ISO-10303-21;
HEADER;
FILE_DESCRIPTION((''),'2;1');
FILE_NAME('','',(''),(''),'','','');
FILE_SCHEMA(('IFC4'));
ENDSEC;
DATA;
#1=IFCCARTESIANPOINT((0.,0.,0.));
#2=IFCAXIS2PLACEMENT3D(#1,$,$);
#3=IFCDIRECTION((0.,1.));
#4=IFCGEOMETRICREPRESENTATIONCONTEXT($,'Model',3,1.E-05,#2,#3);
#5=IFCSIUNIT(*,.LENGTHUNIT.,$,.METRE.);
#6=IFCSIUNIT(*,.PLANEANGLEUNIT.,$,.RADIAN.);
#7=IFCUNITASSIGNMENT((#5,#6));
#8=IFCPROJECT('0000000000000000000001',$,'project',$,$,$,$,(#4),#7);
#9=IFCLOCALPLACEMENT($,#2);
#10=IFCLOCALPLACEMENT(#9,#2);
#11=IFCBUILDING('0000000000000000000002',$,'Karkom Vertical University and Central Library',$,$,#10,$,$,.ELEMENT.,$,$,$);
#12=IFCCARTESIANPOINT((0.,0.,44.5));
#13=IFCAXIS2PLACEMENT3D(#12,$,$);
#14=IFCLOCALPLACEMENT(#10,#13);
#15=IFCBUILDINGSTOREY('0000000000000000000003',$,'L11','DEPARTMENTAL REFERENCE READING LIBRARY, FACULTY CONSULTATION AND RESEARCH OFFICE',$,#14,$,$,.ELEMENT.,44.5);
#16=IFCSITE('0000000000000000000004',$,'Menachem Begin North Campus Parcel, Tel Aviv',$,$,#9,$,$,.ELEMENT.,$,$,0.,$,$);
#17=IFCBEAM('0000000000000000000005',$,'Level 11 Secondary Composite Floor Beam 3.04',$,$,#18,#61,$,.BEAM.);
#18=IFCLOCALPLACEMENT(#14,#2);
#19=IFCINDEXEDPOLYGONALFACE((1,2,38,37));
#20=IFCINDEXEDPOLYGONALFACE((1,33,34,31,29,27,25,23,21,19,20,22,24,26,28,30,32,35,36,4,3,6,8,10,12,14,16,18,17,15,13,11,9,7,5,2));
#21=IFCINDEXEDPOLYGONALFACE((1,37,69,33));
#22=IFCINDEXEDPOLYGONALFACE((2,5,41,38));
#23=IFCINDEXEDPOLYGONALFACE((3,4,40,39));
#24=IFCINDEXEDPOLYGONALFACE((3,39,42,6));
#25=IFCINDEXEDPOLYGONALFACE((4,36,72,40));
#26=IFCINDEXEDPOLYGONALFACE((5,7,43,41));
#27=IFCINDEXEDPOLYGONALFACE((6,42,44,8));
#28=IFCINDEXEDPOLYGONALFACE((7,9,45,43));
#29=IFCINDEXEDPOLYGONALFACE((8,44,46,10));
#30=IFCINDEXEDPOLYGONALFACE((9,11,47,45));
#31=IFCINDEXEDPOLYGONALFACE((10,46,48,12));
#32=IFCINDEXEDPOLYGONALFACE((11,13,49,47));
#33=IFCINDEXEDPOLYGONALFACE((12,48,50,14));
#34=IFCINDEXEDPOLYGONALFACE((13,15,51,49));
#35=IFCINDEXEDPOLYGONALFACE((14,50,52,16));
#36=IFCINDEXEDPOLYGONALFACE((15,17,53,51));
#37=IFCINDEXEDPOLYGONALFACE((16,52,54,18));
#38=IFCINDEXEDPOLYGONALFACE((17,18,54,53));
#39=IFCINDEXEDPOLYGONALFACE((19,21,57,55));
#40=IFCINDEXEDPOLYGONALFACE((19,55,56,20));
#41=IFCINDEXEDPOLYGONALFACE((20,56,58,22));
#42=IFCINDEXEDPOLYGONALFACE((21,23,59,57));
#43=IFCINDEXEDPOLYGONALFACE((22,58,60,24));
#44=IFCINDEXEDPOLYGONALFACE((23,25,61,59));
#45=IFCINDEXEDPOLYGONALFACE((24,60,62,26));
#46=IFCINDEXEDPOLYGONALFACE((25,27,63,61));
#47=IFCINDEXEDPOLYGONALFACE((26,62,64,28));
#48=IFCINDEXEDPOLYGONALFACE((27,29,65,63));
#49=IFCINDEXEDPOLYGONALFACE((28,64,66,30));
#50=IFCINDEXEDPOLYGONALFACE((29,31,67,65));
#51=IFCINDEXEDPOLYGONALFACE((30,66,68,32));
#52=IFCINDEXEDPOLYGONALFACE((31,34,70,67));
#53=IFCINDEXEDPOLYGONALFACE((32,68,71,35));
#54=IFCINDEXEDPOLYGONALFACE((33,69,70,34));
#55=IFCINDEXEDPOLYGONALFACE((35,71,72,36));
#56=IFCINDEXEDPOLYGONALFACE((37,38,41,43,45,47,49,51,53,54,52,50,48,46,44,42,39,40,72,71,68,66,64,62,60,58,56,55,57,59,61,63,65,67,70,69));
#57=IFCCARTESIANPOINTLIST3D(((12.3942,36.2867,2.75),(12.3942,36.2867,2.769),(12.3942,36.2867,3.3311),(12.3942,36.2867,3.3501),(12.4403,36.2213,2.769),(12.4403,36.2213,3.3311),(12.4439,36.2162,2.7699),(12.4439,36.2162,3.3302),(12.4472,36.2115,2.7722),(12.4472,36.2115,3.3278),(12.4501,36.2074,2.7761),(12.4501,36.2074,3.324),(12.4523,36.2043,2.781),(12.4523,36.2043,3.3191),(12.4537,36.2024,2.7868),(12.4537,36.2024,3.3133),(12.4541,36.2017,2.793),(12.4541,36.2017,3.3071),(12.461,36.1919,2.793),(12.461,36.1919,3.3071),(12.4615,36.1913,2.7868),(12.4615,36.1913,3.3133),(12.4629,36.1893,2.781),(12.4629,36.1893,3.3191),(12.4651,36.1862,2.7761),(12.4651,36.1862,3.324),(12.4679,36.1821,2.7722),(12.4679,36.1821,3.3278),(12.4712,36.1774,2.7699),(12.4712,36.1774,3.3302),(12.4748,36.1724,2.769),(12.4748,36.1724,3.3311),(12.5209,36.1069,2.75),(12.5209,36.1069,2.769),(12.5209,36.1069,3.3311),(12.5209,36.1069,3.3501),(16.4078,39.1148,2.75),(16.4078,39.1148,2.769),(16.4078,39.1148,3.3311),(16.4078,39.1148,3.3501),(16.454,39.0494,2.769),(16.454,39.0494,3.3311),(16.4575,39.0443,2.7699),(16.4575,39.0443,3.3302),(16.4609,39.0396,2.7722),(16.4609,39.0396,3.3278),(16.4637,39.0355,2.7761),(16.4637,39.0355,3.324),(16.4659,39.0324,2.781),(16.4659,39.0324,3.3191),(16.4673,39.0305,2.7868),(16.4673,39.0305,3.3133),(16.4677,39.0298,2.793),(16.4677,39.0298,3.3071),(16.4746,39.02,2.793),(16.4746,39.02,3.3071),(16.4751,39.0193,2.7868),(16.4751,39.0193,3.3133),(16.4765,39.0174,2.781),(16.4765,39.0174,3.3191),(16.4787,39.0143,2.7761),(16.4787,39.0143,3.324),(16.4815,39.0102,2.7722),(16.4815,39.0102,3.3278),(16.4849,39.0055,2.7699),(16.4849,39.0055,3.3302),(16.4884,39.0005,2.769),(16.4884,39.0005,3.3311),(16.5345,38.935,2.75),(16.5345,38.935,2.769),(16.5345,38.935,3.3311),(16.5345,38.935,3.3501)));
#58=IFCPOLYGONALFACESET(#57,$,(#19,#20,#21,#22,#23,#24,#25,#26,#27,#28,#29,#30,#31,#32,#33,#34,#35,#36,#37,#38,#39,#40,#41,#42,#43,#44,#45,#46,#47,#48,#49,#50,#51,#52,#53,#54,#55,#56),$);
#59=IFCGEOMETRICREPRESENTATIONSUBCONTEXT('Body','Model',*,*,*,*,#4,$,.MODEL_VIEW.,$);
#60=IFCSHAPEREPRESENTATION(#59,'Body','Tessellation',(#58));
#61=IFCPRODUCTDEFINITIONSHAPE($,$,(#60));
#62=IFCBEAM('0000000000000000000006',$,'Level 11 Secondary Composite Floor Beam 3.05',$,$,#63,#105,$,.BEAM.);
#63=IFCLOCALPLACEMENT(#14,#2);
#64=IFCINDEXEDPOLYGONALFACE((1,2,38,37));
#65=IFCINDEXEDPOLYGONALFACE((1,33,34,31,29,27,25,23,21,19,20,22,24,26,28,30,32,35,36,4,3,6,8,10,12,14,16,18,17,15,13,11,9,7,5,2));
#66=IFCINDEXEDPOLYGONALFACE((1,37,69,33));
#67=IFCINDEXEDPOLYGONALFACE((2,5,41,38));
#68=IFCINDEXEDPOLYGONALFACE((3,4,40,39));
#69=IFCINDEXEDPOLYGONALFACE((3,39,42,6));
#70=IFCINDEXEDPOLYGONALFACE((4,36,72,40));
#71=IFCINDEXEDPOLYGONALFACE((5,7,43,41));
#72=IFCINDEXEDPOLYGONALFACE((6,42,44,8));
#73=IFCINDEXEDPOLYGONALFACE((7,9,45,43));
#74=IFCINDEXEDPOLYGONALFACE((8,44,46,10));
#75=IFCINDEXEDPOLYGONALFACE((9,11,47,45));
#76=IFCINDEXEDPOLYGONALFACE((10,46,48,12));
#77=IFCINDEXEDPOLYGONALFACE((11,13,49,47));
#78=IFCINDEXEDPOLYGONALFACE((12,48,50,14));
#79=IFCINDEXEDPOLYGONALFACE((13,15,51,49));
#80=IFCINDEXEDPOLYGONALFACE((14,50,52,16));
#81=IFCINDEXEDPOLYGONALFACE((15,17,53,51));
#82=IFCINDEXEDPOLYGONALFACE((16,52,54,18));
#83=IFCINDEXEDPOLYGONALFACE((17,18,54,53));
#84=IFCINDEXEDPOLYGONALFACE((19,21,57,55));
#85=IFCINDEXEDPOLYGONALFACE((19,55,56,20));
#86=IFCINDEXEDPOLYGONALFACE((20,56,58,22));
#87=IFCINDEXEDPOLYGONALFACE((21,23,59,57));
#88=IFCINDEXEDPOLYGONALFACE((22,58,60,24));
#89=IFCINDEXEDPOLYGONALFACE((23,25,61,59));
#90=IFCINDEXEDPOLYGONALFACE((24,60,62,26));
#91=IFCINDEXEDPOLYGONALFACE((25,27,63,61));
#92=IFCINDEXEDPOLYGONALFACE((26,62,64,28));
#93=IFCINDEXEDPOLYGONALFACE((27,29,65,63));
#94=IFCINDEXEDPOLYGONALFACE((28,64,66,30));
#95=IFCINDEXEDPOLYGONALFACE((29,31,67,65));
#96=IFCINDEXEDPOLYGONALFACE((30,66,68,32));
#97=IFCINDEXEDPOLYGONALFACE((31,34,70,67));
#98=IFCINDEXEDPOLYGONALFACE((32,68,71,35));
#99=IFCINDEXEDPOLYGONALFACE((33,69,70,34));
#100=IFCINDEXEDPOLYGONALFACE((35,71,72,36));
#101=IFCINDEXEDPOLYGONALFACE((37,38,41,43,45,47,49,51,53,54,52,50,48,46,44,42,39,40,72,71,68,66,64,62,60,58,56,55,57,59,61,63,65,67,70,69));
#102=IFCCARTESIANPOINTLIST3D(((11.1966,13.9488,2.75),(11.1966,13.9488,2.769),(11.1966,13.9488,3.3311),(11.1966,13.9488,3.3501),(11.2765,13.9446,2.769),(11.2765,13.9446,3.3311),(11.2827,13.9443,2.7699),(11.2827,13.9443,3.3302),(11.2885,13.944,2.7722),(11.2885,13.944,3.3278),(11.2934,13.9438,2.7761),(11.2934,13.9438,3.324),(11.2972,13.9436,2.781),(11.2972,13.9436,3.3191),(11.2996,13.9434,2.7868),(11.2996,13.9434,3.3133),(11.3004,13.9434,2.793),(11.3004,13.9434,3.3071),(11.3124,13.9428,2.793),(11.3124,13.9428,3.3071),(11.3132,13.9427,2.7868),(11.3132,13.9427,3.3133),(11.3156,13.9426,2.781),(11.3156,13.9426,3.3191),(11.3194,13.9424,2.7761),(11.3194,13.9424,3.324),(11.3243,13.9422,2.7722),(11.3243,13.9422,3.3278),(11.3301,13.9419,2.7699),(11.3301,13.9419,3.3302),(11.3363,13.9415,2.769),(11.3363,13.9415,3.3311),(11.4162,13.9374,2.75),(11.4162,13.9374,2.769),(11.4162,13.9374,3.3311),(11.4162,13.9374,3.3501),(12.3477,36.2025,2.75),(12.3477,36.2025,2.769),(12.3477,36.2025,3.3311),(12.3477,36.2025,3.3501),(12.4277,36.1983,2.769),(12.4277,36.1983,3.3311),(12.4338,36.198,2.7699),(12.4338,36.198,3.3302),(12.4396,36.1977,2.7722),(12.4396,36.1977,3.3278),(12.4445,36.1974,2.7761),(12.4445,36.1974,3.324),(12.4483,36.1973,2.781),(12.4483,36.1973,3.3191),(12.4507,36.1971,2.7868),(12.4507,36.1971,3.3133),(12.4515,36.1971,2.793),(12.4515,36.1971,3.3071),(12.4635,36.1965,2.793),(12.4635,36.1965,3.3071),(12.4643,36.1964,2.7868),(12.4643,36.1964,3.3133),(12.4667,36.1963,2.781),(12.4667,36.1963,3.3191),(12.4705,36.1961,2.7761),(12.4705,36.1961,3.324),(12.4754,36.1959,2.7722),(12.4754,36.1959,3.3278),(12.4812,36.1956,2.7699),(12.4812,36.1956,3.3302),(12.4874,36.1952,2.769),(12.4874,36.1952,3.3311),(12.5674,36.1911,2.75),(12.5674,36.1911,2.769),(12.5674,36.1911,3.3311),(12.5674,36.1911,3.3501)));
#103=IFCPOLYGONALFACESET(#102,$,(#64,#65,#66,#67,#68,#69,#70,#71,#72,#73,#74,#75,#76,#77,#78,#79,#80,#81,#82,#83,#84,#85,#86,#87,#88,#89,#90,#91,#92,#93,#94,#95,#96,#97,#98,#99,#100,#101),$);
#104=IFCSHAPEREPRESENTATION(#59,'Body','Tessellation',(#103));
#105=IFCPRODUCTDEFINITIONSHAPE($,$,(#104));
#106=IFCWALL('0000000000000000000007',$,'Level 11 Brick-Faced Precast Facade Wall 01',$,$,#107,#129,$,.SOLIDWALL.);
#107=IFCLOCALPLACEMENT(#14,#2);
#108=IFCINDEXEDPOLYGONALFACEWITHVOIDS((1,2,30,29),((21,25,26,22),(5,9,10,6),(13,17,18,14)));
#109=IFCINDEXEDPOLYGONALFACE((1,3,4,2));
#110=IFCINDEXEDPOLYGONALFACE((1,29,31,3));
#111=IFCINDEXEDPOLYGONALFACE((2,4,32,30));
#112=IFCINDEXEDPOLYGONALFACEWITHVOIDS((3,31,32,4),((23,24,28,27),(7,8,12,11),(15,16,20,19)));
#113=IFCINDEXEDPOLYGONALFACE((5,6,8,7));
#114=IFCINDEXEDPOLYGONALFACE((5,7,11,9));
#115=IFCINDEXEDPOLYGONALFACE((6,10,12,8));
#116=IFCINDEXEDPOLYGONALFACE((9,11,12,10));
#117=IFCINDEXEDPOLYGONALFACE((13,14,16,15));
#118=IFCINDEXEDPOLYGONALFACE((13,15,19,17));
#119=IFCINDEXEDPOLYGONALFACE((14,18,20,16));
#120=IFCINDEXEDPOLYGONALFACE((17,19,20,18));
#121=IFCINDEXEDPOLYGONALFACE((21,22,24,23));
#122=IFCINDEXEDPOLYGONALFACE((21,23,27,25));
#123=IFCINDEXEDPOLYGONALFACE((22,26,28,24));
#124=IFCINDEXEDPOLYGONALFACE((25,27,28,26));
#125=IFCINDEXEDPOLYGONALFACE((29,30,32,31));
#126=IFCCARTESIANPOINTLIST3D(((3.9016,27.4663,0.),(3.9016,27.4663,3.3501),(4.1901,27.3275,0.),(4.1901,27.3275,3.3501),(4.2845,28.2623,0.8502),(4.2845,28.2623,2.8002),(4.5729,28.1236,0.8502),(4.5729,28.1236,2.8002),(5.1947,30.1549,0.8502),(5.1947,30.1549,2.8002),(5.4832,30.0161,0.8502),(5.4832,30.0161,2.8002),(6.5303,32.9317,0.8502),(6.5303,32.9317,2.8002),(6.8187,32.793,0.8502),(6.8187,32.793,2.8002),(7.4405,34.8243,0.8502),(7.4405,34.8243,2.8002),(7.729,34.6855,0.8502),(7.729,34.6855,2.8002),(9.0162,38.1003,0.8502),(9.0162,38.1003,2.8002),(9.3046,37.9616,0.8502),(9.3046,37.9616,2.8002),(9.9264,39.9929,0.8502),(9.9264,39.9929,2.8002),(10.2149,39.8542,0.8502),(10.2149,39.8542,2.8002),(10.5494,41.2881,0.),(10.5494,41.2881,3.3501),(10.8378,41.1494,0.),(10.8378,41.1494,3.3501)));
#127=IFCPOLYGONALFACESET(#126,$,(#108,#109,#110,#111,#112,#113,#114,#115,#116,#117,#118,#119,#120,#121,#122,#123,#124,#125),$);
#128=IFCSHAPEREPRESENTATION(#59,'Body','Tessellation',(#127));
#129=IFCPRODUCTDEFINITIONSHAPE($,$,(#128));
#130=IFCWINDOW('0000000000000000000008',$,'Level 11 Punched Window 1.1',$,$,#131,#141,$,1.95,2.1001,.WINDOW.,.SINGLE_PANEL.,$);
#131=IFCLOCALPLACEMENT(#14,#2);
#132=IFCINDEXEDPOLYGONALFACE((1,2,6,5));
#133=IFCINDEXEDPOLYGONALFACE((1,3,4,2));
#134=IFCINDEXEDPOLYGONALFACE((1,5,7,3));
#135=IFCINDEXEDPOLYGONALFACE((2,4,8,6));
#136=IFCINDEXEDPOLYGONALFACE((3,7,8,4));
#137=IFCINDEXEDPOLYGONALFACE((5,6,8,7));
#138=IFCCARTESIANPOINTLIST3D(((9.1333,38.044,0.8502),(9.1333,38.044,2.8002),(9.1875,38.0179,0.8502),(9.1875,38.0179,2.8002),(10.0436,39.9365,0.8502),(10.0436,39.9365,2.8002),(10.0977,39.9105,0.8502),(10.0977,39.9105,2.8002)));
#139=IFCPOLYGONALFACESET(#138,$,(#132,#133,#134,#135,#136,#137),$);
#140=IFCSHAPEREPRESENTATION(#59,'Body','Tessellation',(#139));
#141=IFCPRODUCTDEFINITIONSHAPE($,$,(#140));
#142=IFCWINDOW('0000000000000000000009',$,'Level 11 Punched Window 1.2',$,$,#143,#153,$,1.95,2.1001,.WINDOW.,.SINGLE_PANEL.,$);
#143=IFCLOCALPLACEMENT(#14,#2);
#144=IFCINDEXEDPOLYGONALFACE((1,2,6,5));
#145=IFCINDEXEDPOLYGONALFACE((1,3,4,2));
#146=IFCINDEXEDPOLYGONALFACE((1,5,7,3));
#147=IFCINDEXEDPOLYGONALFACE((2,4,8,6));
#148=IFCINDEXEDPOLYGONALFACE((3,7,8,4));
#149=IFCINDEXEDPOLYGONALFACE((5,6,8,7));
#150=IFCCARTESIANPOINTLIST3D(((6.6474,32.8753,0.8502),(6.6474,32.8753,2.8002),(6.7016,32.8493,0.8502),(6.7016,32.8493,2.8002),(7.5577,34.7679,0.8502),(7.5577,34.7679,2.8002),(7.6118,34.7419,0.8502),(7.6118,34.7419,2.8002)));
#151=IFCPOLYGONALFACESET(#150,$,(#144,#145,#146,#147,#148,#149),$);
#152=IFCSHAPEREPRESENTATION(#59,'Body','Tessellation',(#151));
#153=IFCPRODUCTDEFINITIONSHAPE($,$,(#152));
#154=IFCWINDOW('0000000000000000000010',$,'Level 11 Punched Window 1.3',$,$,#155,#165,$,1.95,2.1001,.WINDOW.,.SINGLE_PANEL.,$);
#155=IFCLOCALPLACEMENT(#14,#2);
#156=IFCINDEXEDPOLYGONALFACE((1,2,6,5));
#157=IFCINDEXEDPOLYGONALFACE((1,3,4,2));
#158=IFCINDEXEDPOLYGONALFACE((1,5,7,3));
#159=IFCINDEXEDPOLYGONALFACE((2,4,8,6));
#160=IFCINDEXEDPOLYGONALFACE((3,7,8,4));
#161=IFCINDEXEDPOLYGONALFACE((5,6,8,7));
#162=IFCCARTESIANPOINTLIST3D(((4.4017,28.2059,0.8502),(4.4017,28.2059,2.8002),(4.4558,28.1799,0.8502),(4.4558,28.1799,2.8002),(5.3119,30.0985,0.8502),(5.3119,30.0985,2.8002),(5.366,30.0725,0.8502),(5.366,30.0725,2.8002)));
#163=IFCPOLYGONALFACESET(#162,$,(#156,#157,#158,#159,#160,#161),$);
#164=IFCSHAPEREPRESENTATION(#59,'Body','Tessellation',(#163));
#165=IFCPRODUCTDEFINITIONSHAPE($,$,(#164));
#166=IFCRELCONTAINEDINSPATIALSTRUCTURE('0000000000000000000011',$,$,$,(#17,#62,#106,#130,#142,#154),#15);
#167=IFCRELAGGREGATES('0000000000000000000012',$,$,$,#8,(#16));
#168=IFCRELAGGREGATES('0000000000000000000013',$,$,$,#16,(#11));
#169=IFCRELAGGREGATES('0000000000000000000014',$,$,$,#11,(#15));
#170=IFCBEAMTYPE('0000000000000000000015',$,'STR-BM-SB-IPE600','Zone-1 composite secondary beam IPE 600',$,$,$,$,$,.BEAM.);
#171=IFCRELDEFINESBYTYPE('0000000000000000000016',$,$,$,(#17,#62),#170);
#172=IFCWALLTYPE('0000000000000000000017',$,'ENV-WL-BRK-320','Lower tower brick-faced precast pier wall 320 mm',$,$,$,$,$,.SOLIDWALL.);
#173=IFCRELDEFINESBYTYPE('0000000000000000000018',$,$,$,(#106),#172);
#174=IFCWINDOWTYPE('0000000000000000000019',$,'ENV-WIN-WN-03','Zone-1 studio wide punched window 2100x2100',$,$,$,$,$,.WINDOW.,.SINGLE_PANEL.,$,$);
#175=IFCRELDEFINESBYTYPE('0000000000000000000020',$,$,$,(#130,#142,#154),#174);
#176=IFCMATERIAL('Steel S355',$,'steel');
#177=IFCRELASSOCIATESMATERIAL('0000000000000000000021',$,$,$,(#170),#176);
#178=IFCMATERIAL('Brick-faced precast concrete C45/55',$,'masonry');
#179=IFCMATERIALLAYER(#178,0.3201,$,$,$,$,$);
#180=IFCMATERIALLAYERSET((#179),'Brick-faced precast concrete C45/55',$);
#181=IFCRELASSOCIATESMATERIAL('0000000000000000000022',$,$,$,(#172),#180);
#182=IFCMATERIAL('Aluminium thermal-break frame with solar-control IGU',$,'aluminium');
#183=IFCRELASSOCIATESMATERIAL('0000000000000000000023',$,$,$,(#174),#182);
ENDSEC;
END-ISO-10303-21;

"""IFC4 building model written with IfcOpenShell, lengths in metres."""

from ifc_helpers import new_model, si_unit, direction, frame, frame_2d, origin, origin_with_axes, origin_2d, place, context, subcontext, project, spatial, rectangle, i_section, extrude, source, transform, mapped, material, layer, layer_set, material_profile, profile_set, type_object, element, fill, save


model = new_model("IFC4")

# Units and contexts
model_context = context("Model", 3, precision=1e-05, world=origin(), true_north=direction((0.0, 1.0)))
body_context = subcontext(model_context, "Body", "Model", "MODEL_VIEW")
ifc_project = project(units=[si_unit("LENGTHUNIT", "METRE"), si_unit("PLANEANGLEUNIT", "RADIAN")], contexts=[model_context])

# Site, building, storey
site_placement = place(None, origin())
site = spatial("IfcSite", under=ifc_project, at=site_placement, Name="Menachem Begin North Campus Parcel, Tel Aviv", CompositionType="ELEMENT", RefElevation=0.0)
building_placement = place(site_placement, origin())
building = spatial("IfcBuilding", under=site, at=building_placement, Name="Karkom Vertical University and Central Library", CompositionType="ELEMENT")
storey_placement = place(building_placement, frame((0.0, 0.0, 44.5)))
storey = spatial("IfcBuildingStorey", under=building, at=storey_placement, Name="L11", Description="DEPARTMENTAL REFERENCE READING LIBRARY, FACULTY CONSULTATION AND RESEARCH OFFICE", CompositionType="ELEMENT", Elevation=44.5)

# Beams
ifc_material_1 = material(Name="Steel S355", Category="steel")
ifc_material_profile_1 = material_profile(ifc_material_1, i_section(OverallWidth=0.22, OverallDepth=0.6001, WebThickness=0.012, FlangeThickness=0.019, FilletRadius=0.0239, at=origin_2d()), Name="IPE 600")
ifc_profile_set_1 = profile_set([ifc_material_profile_1], Name="Steel S355")
beam_type_1 = type_object("IfcBeamType", Name="STR-BM-SB-IPE600", Description="Zone-1 composite secondary beam IPE 600", PredefinedType="BEAM", material=ifc_profile_set_1)
shared_shape_1 = source(origin_with_axes(), body_context, "Body", "SweptSolid", [
    extrude(i_section(OverallWidth=0.22, OverallDepth=0.6001, WebThickness=0.012, FlangeThickness=0.019, FilletRadius=0.0239, at=origin_2d()), origin(), (0.0, 0.0, 1.0), 4.9099),
])
beam_1_placement = place(storey_placement, frame((16.4712, 39.0249, 3.05), z_axis=(-0.817453, -0.575996, 0.0), x_axis=(0.575996, -0.817453, 0.0)))
element("IfcBeam", 1, at=beam_1_placement, inside=storey, type_object=beam_type_1, Name="Level 11 Secondary Composite Floor Beam 3.04", PredefinedType="BEAM", context=body_context, shape_type="MappedRepresentation", body=[
    mapped(shared_shape_1, transform((0.0, 0.0, 0.0), scale=1.0)),
])
shared_shape_2 = source(origin_with_axes(), body_context, "Body", "SweptSolid", [
    extrude(i_section(OverallWidth=0.22, OverallDepth=0.6001, WebThickness=0.012, FlangeThickness=0.019, FilletRadius=0.0239, at=origin_2d()), origin(), (0.0, 0.0, 1.0), 22.2834),
])
beam_2_placement = place(storey_placement, frame((12.4575, 36.1968, 3.05), z_axis=(-0.051658, -0.998665, 0.0), x_axis=(0.998665, -0.051658, 0.0)))
element("IfcBeam", 2, at=beam_2_placement, inside=storey, type_object=beam_type_1, Name="Level 11 Secondary Composite Floor Beam 3.05", PredefinedType="BEAM", context=body_context, shape_type="MappedRepresentation", body=[
    mapped(shared_shape_2, transform((0.0, 0.0, 0.0), scale=1.0)),
])

# Wall, openings, windows
ifc_material_2 = material(Name="Brick-faced precast concrete C45/55", Category="masonry")
ifc_layer_1 = layer(ifc_material_2, 0.3201)
ifc_layer_set_1 = layer_set([ifc_layer_1], Name="Brick-faced precast concrete C45/55")
wall_type_1 = type_object("IfcWallType", Name="ENV-WL-BRK-320", Description="Lower tower brick-faced precast pier wall 320 mm", PredefinedType="SOLIDWALL", material=ifc_layer_set_1)
wall_1_placement = place(storey_placement, frame((10.6936, 41.2188, 0.0), z_axis=(0.0, 0.0, 1.0), x_axis=(-0.433433, -0.901186, 0.0)))
wall_1 = element("IfcWall", 3, at=wall_1_placement, inside=storey, type_object=wall_type_1, Name="Level 11 Brick-Faced Precast Facade Wall 01", PredefinedType="SOLIDWALL", context=body_context, shape_type="SweptSolid", body=[
    extrude(rectangle(XDim=15.3374, YDim=0.3201, at=frame_2d((7.6687, 0.0))), origin(), (0.0, 0.0, 1.0), 3.3501),
])
opening_1_placement = place(wall_1_placement, frame((1.4373, 0.0, 0.8501)))
opening_1 = element("IfcOpeningElement", 4, at=opening_1_placement, cuts=wall_1, PredefinedType="OPENING", context=body_context, shape_type="SweptSolid", body=[
    extrude(rectangle(XDim=2.1001, YDim=1.95, at=frame_2d((1.05, 0.9751))), frame((0.0, 0.1699, 0.0), z_axis=(0.0, -1.0, 0.0), x_axis=(1.0, 0.0, 0.0)), (0.0, 0.0, 1.0), 0.3401),
])
opening_2_placement = place(wall_1_placement, frame((7.1726, 0.0, 0.8501)))
opening_2 = element("IfcOpeningElement", 5, at=opening_2_placement, cuts=wall_1, PredefinedType="OPENING", context=body_context, shape_type="SweptSolid", body=[
    extrude(rectangle(XDim=2.1001, YDim=1.95, at=frame_2d((1.05, 0.9751))), frame((0.0, 0.1699, 0.0), z_axis=(0.0, -1.0, 0.0), x_axis=(1.0, 0.0, 0.0)), (0.0, 0.0, 1.0), 0.3401),
])
opening_3_placement = place(wall_1_placement, frame((12.354, 0.0, 0.8501)))
opening_3 = element("IfcOpeningElement", 6, at=opening_3_placement, cuts=wall_1, PredefinedType="OPENING", context=body_context, shape_type="SweptSolid", body=[
    extrude(rectangle(XDim=2.1001, YDim=1.95, at=frame_2d((1.05, 0.9751))), frame((0.0, 0.1699, 0.0), z_axis=(0.0, -1.0, 0.0), x_axis=(1.0, 0.0, 0.0)), (0.0, 0.0, 1.0), 0.3401),
])
ifc_material_3 = material(Name="Aluminium thermal-break frame with solar-control IGU", Category="aluminium")
window_type = type_object("IfcWindowType", Name="ENV-WIN-WN-03", Description="Zone-1 studio wide punched window 2100x2100", PartitioningType="SINGLE_PANEL", PredefinedType="WINDOW", material=ifc_material_3)
shared_shape_3 = source(origin_with_axes(), body_context, "Body", "SweptSolid", [
    extrude(rectangle(XDim=2.1001, YDim=1.95, at=frame_2d((1.05, 0.9751))), frame((0.0, 0.03, 0.0), z_axis=(0.0, -1.0, 0.0), x_axis=(1.0, 0.0, 0.0)), (0.0, 0.0, 1.0), 0.0601),
])
window_1_placement = place(opening_1_placement, origin())
window_1 = element("IfcWindow", 7, at=window_1_placement, inside=storey, type_object=window_type, Name="Level 11 Punched Window 1.1", OverallHeight=1.95, OverallWidth=2.1001, PartitioningType="SINGLE_PANEL", PredefinedType="WINDOW", context=body_context, shape_type="MappedRepresentation", body=[
    mapped(shared_shape_3, transform((0.0, 0.0, 0.0), scale=1.0)),
])
fill(opening_1, window_1)
window_2_placement = place(opening_2_placement, origin())
window_2 = element("IfcWindow", 8, at=window_2_placement, inside=storey, type_object=window_type, Name="Level 11 Punched Window 1.2", OverallHeight=1.95, OverallWidth=2.1001, PartitioningType="SINGLE_PANEL", PredefinedType="WINDOW", context=body_context, shape_type="MappedRepresentation", body=[
    mapped(shared_shape_3, transform((0.0, 0.0, 0.0), scale=1.0)),
])
fill(opening_2, window_2)
window_3_placement = place(opening_3_placement, origin())
window_3 = element("IfcWindow", 9, at=window_3_placement, inside=storey, type_object=window_type, Name="Level 11 Punched Window 1.3", OverallHeight=1.95, OverallWidth=2.1001, PartitioningType="SINGLE_PANEL", PredefinedType="WINDOW", context=body_context, shape_type="MappedRepresentation", body=[
    mapped(shared_shape_3, transform((0.0, 0.0, 0.0), scale=1.0)),
])
fill(opening_3, window_3)

save(model, "model.ifc")
